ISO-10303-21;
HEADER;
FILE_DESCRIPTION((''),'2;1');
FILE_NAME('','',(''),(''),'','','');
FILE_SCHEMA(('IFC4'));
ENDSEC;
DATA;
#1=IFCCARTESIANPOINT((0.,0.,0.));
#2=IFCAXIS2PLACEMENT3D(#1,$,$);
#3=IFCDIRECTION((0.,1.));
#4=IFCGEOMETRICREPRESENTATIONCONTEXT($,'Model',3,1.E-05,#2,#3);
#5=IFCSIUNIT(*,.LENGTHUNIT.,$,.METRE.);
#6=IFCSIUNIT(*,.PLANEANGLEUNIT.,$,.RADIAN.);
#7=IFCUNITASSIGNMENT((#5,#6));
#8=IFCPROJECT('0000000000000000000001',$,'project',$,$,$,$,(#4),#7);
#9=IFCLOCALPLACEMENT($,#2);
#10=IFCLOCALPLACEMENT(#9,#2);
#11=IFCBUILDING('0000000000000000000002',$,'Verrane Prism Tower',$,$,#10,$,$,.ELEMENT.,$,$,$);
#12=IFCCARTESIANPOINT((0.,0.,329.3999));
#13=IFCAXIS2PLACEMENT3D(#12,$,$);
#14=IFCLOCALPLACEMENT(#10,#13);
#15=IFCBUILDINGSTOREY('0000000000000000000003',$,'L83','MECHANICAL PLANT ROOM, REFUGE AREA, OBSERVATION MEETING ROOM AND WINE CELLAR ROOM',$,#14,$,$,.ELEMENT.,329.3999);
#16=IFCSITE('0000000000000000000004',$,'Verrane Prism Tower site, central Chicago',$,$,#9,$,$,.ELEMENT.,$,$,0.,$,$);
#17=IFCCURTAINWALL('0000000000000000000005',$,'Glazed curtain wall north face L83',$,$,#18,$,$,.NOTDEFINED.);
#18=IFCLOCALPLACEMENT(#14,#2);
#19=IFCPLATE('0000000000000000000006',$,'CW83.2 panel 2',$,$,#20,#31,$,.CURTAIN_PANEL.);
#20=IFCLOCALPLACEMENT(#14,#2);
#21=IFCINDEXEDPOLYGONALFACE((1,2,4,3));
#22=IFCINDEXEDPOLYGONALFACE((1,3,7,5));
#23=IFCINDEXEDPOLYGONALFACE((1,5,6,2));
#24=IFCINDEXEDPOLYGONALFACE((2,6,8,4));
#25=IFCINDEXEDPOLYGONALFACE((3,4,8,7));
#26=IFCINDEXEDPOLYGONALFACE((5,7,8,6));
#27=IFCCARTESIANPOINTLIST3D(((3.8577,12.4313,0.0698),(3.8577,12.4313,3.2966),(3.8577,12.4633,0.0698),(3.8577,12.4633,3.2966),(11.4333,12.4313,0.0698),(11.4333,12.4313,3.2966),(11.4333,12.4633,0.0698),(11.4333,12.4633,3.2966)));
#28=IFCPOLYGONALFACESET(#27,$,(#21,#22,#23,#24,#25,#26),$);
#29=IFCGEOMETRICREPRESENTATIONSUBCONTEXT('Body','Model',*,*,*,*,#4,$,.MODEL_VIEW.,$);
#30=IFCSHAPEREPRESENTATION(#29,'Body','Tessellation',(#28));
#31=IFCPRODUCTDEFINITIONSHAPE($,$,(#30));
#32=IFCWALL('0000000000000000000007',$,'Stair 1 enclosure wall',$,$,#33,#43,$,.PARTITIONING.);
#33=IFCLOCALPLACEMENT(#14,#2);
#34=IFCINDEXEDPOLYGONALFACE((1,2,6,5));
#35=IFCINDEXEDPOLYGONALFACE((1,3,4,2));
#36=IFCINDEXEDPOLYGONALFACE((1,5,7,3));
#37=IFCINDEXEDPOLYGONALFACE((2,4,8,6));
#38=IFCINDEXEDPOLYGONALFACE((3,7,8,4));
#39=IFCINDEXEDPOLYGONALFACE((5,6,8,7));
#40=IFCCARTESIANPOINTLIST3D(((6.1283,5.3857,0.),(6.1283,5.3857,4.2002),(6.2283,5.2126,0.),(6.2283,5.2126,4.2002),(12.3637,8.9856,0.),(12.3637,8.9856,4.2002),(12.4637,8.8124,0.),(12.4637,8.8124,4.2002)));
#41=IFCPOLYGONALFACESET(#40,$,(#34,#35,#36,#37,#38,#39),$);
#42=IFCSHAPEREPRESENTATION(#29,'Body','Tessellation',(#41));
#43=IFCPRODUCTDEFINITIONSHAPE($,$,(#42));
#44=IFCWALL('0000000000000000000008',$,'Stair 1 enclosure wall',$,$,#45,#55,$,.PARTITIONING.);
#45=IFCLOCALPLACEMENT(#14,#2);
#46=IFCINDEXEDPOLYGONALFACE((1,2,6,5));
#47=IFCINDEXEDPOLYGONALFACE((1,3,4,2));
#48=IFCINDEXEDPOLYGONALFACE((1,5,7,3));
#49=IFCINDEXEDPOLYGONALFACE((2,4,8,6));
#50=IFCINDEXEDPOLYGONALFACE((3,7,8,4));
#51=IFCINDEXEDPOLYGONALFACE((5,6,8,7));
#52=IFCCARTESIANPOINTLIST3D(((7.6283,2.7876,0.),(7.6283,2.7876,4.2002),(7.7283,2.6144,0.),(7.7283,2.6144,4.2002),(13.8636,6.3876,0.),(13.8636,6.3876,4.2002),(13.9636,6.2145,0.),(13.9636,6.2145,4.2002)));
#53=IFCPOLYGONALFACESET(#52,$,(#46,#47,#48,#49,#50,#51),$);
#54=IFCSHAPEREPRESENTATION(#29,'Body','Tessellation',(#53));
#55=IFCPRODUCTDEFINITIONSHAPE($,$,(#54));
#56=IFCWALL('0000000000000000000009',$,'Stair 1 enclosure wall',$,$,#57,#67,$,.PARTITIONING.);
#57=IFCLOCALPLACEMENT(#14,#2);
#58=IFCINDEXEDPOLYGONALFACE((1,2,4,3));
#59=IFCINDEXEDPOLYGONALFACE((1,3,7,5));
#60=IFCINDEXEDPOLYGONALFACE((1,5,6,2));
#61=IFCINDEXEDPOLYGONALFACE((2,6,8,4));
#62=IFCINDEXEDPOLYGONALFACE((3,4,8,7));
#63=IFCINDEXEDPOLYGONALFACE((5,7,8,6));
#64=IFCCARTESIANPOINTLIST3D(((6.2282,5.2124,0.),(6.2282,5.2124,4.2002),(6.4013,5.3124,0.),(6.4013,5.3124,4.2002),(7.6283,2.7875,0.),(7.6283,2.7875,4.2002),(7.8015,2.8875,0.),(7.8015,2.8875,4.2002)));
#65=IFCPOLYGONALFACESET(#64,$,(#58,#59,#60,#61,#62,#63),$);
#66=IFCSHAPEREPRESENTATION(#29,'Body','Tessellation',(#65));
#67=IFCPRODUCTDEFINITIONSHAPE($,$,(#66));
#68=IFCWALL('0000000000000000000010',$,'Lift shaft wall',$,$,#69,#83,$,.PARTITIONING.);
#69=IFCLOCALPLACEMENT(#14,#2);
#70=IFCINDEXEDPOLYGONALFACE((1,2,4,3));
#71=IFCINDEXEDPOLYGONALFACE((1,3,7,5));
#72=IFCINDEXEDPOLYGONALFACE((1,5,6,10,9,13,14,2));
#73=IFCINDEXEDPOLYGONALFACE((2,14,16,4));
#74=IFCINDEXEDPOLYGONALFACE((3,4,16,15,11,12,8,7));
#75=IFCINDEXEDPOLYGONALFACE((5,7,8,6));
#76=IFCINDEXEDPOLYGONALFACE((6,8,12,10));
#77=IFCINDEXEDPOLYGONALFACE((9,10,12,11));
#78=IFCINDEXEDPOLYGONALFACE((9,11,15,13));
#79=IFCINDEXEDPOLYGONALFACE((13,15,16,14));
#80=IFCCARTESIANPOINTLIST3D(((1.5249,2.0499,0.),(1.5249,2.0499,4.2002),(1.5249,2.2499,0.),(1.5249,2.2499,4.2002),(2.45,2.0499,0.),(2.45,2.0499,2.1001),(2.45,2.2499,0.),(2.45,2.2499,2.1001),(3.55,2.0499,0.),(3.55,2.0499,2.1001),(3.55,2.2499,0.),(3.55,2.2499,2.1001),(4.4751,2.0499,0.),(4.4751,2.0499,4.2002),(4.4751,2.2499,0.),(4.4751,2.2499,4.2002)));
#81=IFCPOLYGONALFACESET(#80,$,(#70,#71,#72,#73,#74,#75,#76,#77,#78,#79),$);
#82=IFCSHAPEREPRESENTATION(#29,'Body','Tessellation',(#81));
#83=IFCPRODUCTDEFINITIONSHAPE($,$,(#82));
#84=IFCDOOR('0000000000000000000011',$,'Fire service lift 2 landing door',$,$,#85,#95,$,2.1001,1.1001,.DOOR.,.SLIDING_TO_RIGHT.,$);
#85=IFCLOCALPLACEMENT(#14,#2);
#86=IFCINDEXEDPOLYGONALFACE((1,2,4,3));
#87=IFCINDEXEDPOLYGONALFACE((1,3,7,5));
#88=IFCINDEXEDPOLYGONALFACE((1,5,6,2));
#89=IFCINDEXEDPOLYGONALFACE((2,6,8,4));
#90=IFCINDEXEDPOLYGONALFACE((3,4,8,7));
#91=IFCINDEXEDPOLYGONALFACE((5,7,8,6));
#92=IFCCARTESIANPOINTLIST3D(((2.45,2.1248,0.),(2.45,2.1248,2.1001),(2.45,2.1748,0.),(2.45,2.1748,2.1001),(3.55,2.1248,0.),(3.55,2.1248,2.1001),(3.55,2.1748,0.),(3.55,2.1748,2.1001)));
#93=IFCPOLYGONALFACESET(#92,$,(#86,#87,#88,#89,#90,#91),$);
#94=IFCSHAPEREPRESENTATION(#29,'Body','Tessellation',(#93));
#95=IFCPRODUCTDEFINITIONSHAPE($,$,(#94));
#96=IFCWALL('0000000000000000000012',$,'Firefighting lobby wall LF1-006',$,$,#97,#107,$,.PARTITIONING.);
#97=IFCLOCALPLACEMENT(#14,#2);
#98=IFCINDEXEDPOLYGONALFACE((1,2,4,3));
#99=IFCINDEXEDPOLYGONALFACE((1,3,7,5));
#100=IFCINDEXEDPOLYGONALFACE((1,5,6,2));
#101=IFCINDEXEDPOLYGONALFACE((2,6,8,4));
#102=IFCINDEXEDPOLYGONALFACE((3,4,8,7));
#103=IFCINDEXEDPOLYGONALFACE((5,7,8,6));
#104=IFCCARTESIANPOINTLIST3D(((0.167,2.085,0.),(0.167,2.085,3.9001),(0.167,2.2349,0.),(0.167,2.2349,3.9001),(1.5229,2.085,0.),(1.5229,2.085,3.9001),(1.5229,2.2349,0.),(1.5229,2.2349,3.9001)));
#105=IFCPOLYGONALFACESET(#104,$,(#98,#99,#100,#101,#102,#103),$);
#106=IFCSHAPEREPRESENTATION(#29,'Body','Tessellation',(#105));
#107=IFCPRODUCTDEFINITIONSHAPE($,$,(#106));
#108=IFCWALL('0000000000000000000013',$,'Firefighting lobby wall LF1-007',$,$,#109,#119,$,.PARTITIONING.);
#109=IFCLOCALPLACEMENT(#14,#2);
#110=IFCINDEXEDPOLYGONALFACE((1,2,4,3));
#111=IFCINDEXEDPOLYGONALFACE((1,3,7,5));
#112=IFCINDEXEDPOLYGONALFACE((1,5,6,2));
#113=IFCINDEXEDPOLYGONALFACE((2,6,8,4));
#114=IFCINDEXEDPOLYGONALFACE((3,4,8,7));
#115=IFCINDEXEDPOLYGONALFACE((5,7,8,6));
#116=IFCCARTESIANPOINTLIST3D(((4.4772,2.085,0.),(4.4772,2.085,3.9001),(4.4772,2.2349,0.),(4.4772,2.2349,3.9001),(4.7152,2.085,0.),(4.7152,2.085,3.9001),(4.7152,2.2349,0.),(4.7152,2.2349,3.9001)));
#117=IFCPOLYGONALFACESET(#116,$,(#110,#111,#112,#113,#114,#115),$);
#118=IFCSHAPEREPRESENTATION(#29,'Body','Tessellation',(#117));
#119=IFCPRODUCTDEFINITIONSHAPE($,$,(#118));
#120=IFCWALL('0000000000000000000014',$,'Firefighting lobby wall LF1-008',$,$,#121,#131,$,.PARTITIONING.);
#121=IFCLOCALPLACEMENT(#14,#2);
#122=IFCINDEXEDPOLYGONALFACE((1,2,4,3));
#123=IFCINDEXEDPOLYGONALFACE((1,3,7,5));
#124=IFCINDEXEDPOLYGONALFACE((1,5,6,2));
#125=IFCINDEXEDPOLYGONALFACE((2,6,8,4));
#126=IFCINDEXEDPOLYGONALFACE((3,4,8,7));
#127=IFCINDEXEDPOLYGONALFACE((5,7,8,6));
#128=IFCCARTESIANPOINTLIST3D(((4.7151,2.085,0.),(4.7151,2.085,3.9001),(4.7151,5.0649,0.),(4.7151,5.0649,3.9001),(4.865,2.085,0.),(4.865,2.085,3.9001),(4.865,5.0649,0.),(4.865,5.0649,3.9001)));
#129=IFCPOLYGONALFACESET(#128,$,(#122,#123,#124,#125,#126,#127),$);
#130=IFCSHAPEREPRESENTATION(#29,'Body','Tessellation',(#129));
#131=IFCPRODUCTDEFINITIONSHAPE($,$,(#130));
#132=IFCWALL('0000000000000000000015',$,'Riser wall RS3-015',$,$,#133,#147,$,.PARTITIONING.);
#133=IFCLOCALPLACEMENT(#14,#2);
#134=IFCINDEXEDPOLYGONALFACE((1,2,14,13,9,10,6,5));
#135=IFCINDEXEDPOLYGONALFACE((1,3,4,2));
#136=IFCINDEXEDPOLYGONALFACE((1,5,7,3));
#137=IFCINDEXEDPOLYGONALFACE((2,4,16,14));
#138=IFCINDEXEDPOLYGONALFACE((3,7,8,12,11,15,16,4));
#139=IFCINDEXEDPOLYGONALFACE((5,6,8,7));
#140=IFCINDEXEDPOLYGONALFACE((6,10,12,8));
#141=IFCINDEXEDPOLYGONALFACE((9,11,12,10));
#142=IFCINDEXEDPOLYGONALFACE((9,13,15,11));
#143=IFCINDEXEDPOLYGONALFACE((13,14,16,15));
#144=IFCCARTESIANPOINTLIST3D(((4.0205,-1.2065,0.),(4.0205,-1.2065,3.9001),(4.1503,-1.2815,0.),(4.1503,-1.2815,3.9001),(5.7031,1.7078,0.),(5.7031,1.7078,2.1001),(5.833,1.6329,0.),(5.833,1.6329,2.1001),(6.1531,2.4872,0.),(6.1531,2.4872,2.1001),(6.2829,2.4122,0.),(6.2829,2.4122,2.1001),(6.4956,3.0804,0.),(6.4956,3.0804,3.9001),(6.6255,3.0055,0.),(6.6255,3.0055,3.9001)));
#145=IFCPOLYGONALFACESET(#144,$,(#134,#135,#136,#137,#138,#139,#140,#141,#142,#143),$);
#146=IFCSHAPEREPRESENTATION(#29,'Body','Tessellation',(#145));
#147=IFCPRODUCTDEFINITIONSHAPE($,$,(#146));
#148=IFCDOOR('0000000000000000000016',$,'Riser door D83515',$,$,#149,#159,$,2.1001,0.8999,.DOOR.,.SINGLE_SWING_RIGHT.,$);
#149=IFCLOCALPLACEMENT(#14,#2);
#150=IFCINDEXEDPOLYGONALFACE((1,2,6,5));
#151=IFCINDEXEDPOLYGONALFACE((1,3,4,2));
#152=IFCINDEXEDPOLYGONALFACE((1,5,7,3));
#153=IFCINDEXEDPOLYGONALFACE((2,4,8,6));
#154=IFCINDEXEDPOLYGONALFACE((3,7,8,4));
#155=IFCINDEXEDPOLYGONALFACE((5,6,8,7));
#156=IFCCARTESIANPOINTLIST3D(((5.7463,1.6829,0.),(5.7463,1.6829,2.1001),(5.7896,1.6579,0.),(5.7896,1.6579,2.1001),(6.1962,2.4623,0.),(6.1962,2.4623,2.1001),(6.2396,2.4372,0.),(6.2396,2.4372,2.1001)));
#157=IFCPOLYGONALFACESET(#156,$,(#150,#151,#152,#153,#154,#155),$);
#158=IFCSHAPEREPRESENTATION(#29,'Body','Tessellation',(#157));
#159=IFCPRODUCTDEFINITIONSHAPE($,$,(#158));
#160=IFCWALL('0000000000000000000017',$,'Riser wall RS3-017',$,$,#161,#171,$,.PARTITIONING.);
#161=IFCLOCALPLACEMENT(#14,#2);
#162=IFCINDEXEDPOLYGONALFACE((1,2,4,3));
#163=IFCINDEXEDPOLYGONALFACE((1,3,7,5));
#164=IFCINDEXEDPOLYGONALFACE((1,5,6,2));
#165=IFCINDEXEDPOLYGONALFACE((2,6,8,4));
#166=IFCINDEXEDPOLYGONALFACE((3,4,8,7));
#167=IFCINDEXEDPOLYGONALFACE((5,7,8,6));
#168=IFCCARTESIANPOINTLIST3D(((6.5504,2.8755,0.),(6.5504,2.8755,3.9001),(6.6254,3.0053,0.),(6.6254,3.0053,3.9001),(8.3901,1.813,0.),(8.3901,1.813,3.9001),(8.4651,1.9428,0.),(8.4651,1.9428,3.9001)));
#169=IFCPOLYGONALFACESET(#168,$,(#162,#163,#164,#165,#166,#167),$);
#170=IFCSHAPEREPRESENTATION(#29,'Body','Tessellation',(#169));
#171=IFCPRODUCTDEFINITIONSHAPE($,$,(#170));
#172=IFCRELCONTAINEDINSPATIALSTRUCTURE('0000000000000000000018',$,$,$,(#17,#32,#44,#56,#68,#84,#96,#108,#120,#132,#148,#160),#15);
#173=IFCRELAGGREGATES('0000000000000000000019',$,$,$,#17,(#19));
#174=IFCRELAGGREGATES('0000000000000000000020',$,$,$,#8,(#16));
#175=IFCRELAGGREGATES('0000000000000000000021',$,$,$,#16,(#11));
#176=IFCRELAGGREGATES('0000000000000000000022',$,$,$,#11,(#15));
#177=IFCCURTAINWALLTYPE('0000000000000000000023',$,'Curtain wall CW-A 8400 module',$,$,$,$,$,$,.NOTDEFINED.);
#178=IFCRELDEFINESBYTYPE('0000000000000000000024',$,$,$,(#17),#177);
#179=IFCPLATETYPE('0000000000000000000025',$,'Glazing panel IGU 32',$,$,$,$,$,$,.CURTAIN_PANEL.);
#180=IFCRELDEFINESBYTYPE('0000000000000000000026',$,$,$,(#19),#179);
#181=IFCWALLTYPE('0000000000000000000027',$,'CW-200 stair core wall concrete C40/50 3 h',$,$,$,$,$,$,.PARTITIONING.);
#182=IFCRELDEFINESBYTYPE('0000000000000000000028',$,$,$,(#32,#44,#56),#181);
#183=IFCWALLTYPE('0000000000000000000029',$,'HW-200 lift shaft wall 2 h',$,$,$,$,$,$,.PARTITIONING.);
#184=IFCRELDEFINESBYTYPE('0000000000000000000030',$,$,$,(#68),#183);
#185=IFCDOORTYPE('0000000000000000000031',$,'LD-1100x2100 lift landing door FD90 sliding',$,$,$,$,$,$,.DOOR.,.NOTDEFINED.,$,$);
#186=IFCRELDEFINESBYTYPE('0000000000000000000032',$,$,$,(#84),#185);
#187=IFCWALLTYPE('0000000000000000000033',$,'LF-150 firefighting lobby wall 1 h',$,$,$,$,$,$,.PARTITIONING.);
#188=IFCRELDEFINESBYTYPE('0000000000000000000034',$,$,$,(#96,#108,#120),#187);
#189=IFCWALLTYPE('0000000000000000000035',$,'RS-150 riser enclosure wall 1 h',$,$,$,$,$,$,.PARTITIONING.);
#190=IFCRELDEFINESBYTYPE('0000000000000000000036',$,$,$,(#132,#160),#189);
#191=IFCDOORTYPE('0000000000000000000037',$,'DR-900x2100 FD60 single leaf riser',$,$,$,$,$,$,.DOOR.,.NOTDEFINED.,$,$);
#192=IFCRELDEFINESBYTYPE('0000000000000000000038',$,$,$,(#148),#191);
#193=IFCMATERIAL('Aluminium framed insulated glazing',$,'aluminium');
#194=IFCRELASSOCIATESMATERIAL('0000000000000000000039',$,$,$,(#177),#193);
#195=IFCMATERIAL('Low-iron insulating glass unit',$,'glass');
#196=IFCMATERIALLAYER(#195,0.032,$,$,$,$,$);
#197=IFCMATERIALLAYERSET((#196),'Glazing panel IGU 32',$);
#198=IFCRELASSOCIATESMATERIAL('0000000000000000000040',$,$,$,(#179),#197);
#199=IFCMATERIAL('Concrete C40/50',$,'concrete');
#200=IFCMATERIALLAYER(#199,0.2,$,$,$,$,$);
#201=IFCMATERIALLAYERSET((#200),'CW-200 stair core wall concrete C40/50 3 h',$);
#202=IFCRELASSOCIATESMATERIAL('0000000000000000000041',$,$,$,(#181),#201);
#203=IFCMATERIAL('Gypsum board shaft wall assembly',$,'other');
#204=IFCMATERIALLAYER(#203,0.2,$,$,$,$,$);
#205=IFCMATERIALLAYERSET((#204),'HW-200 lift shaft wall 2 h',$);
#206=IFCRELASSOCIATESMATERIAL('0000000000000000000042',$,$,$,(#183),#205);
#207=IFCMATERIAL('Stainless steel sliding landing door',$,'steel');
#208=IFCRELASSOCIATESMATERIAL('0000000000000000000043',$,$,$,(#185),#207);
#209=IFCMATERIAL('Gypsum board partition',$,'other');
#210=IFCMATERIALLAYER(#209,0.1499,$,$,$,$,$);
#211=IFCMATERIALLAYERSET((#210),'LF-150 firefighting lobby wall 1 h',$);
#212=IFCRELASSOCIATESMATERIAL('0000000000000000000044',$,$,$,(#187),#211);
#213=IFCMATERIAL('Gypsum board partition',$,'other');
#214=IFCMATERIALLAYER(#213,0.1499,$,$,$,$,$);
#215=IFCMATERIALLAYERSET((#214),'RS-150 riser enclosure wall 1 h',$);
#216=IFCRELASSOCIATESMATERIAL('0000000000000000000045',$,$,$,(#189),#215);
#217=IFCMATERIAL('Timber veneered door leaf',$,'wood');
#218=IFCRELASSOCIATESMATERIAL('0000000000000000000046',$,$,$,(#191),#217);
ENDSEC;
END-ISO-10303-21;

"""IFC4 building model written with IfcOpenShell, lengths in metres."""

from ifc_helpers import new_model, si_unit, direction, frame, frame_2d, origin, origin_2d, place, context, subcontext, project, spatial, rectangle, extrude, material, layer, layer_set, type_object, element, fill, aggregate, save


model = new_model("IFC4")

# Units and contexts
model_context = context("Model", 3, precision=1e-05, world=origin(), true_north=direction((0.0, 1.0)))
body_context = subcontext(model_context, "Body", "Model", "MODEL_VIEW")
ifc_project = project(units=[si_unit("LENGTHUNIT", "METRE"), si_unit("PLANEANGLEUNIT", "RADIAN")], contexts=[model_context])

# Site, building, storey
site_placement = place(None, origin())
site = spatial("IfcSite", under=ifc_project, at=site_placement, Name="Verrane Prism Tower site, central Chicago", CompositionType="ELEMENT", RefElevation=0.0)
building_placement = place(site_placement, origin())
building = spatial("IfcBuilding", under=site, at=building_placement, Name="Verrane Prism Tower", CompositionType="ELEMENT")
storey_placement = place(building_placement, frame((0.0, 0.0, 329.3999)))
storey = spatial("IfcBuildingStorey", under=building, at=storey_placement, Name="L83", Description="MECHANICAL PLANT ROOM, REFUGE AREA, OBSERVATION MEETING ROOM AND WINE CELLAR ROOM", CompositionType="ELEMENT", Elevation=329.3999)

# Curtain wall
ifc_material_1 = material(Name="Aluminium framed insulated glazing", Category="aluminium")
curtain_wall_type = type_object("IfcCurtainWallType", Name="Curtain wall CW-A 8400 module", PredefinedType="NOTDEFINED", material=ifc_material_1)
curtain_wall_placement = place(storey_placement, origin())
curtain_wall = element("IfcCurtainWall", 1, at=curtain_wall_placement, inside=storey, type_object=curtain_wall_type, Name="Glazed curtain wall north face L83", PredefinedType="NOTDEFINED")

# Plate
ifc_material_2 = material(Name="Low-iron insulating glass unit", Category="glass")
ifc_layer_1 = layer(ifc_material_2, 0.032)
ifc_layer_set_1 = layer_set([ifc_layer_1], Name="Glazing panel IGU 32")
plate_type = type_object("IfcPlateType", Name="Glazing panel IGU 32", PredefinedType="CURTAIN_PANEL", material=ifc_layer_set_1)
plate_placement = place(storey_placement, frame((7.6455, 12.4473, 0.0698), z_axis=(0.0, 0.0, 1.0), x_axis=(-1.0, 0.0, 0.0)))
plate = element("IfcPlate", 2, at=plate_placement, type_object=plate_type, Name="CW83.2 panel 2", PredefinedType="CURTAIN_PANEL", context=body_context, shape_type="SweptSolid", body=[
    extrude(rectangle(XDim=7.5757, YDim=0.032, at=origin_2d()), origin(), (0.0, 0.0, 1.0), 3.2268),
])
aggregate(curtain_wall, [plate])

# Walls
ifc_material_3 = material(Name="Concrete C40/50", Category="concrete")
ifc_layer_2 = layer(ifc_material_3, 0.2)
ifc_layer_set_2 = layer_set([ifc_layer_2], Name="CW-200 stair core wall concrete C40/50 3 h")
wall_type_1 = type_object("IfcWallType", Name="CW-200 stair core wall concrete C40/50 3 h", PredefinedType="PARTITIONING", material=ifc_layer_set_2)
for number, where, z_axis, x_axis, name in (
    (3, (6.1782, 5.2991, 0.0), (0.0, 0.0, 1.0), (0.866033, 0.499987, 0.0), "Stair 1 enclosure wall"),
    (4, (7.6782, 2.7009, 0.0), (0.0, 0.0, 1.0), (0.866018, 0.500012, 0.0), "Stair 1 enclosure wall"),
):
    element("IfcWall", number, at=place(storey_placement, frame(where, z_axis=z_axis, x_axis=x_axis)), inside=storey, type_object=wall_type_1, Name=name, PredefinedType="PARTITIONING", context=body_context, shape_type="SweptSolid", body=[
        extrude(rectangle(XDim=7.2, YDim=0.2, at=frame_2d((3.6001, 0.0))), origin(), (0.0, 0.0, 1.0), 4.2002),
    ])
wall_1_placement = place(storey_placement, frame((7.7148, 2.8376, 0.0), z_axis=(0.0, 0.0, 1.0), x_axis=(-0.50005, 0.865997, 0.0)))
element("IfcWall", 5, at=wall_1_placement, inside=storey, type_object=wall_type_1, Name="Stair 1 enclosure wall", PredefinedType="PARTITIONING", context=body_context, shape_type="SweptSolid", body=[
    extrude(rectangle(XDim=2.8, YDim=0.2, at=frame_2d((1.3999, 0.0))), origin(), (0.0, 0.0, 1.0), 4.2002),
])

# Wall, opening, door
ifc_material_4 = material(Name="Gypsum board shaft wall assembly", Category="other")
ifc_layer_3 = layer(ifc_material_4, 0.2)
ifc_layer_set_3 = layer_set([ifc_layer_3], Name="HW-200 lift shaft wall 2 h")
wall_type_2 = type_object("IfcWallType", Name="HW-200 lift shaft wall 2 h", PredefinedType="PARTITIONING", material=ifc_layer_set_3)
wall_2_placement = place(storey_placement, frame((1.5249, 2.1499, 0.0), z_axis=(0.0, 0.0, 1.0), x_axis=(1.0, 0.0, 0.0)))
wall_2 = element("IfcWall", 6, at=wall_2_placement, inside=storey, type_object=wall_type_2, Name="Lift shaft wall", PredefinedType="PARTITIONING", context=body_context, shape_type="SweptSolid", body=[
    extrude(rectangle(XDim=2.9502, YDim=0.2, at=frame_2d((1.4751, 0.0))), origin(), (0.0, 0.0, 1.0), 4.2002),
])
opening_1_placement = place(wall_2_placement, frame((0.925, 0.0, 0.0)))
opening_1 = element("IfcOpeningElement", 7, at=opening_1_placement, cuts=wall_2, PredefinedType="OPENING", context=body_context, shape_type="SweptSolid", body=[
    extrude(rectangle(XDim=1.1001, YDim=2.1001, at=frame_2d((0.55, 1.05))), frame((0.0, 0.1099, 0.0), z_axis=(0.0, -1.0, 0.0), x_axis=(1.0, 0.0, 0.0)), (0.0, 0.0, 1.0), 0.22),
])
ifc_material_5 = material(Name="Stainless steel sliding landing door", Category="steel")
door_type_1 = type_object("IfcDoorType", Name="LD-1100x2100 lift landing door FD90 sliding", OperationType="NOTDEFINED", PredefinedType="DOOR", material=ifc_material_5)
door_1_placement = place(opening_1_placement, origin())
door_1 = element("IfcDoor", 8, at=door_1_placement, inside=storey, type_object=door_type_1, Name="Fire service lift 2 landing door", OperationType="SLIDING_TO_RIGHT", OverallHeight=2.1001, OverallWidth=1.1001, PredefinedType="DOOR", context=body_context, shape_type="SweptSolid", body=[
    extrude(rectangle(XDim=1.1001, YDim=2.1001, at=frame_2d((0.55, 1.05))), frame((0.0, 0.0249, 0.0), z_axis=(0.0, -1.0, 0.0), x_axis=(1.0, 0.0, 0.0)), (0.0, 0.0, 1.0), 0.05),
])
fill(opening_1, door_1)

# Walls
ifc_material_6 = material(Name="Gypsum board partition", Category="other")
ifc_layer_4 = layer(ifc_material_6, 0.1499)
ifc_layer_set_4 = layer_set([ifc_layer_4], Name="LF-150 firefighting lobby wall 1 h")
wall_type_3 = type_object("IfcWallType", Name="LF-150 firefighting lobby wall 1 h", PredefinedType="PARTITIONING", material=ifc_layer_set_4)
wall_3_placement = place(storey_placement, frame((0.167, 2.1599, 0.0), z_axis=(0.0, 0.0, 1.0), x_axis=(1.0, 0.0, 0.0)))
element("IfcWall", 9, at=wall_3_placement, inside=storey, type_object=wall_type_3, Name="Firefighting lobby wall LF1-006", PredefinedType="PARTITIONING", context=body_context, shape_type="SweptSolid", body=[
    extrude(rectangle(XDim=1.356, YDim=0.1499, at=frame_2d((0.678, 0.0))), origin(), (0.0, 0.0, 1.0), 3.9001),
])
wall_4_placement = place(storey_placement, frame((4.4771, 2.1599, 0.0), z_axis=(0.0, 0.0, 1.0), x_axis=(1.0, 0.0, 0.0)))
element("IfcWall", 10, at=wall_4_placement, inside=storey, type_object=wall_type_3, Name="Firefighting lobby wall LF1-007", PredefinedType="PARTITIONING", context=body_context, shape_type="SweptSolid", body=[
    extrude(rectangle(XDim=0.238, YDim=0.1499, at=frame_2d((0.1191, 0.0))), origin(), (0.0, 0.0, 1.0), 3.9001),
])
wall_5_placement = place(storey_placement, frame((4.79, 2.085, 0.0), z_axis=(0.0, 0.0, 1.0), x_axis=(0.0, 1.0, 0.0)))
element("IfcWall", 11, at=wall_5_placement, inside=storey, type_object=wall_type_3, Name="Firefighting lobby wall LF1-008", PredefinedType="PARTITIONING", context=body_context, shape_type="SweptSolid", body=[
    extrude(rectangle(XDim=2.98, YDim=0.1499, at=frame_2d((1.49, 0.0))), origin(), (0.0, 0.0, 1.0), 3.9001),
])

# Wall, opening, door
ifc_material_7 = material(Name="Gypsum board partition", Category="other")
ifc_layer_5 = layer(ifc_material_7, 0.1499)
ifc_layer_set_5 = layer_set([ifc_layer_5], Name="RS-150 riser enclosure wall 1 h")
wall_type_4 = type_object("IfcWallType", Name="RS-150 riser enclosure wall 1 h", PredefinedType="PARTITIONING", material=ifc_layer_set_5)
wall_6_placement = place(storey_placement, frame((6.5605, 3.043, 0.0), z_axis=(0.0, 0.0, 1.0), x_axis=(-0.500011, -0.866019, 0.0)))
wall_6 = element("IfcWall", 12, at=wall_6_placement, inside=storey, type_object=wall_type_4, Name="Riser wall RS3-015", PredefinedType="PARTITIONING", context=body_context, shape_type="SweptSolid", body=[
    extrude(rectangle(XDim=4.9502, YDim=0.1499, at=frame_2d((2.4751, 0.0))), origin(), (0.0, 0.0, 1.0), 3.9001),
])
opening_2_placement = place(wall_6_placement, frame((0.6851, 0.0, 0.0)))
opening_2 = element("IfcOpeningElement", 13, at=opening_2_placement, cuts=wall_6, PredefinedType="OPENING", context=body_context, shape_type="SweptSolid", body=[
    extrude(rectangle(XDim=0.8999, YDim=2.1001, at=frame_2d((0.45, 1.05))), frame((0.0, 0.085, 0.0), z_axis=(0.0, -1.0, 0.0), x_axis=(1.0, 0.0, 0.0)), (0.0, 0.0, 1.0), 0.1699),
])
ifc_material_8 = material(Name="Timber veneered door leaf", Category="wood")
door_type_2 = type_object("IfcDoorType", Name="DR-900x2100 FD60 single leaf riser", OperationType="NOTDEFINED", PredefinedType="DOOR", material=ifc_material_8)
door_2_placement = place(opening_2_placement, origin())
door_2 = element("IfcDoor", 14, at=door_2_placement, inside=storey, type_object=door_type_2, Name="Riser door D83515", OperationType="SINGLE_SWING_RIGHT", OverallHeight=2.1001, OverallWidth=0.8999, PredefinedType="DOOR", context=body_context, shape_type="SweptSolid", body=[
    extrude(rectangle(XDim=0.8999, YDim=2.1001, at=frame_2d((0.45, 1.05))), frame((0.0, 0.0249, 0.0), z_axis=(0.0, -1.0, 0.0), x_axis=(1.0, 0.0, 0.0)), (0.0, 0.0, 1.0), 0.05),
])
fill(opening_2, door_2)

# Wall
wall_7_placement = place(storey_placement, frame((6.5879, 2.9404, 0.0), z_axis=(0.0, 0.0, 1.0), x_axis=(0.865943, -0.500144, 0.0)))
element("IfcWall", 15, at=wall_7_placement, inside=storey, type_object=wall_type_4, Name="Riser wall RS3-017", PredefinedType="PARTITIONING", context=body_context, shape_type="SweptSolid", body=[
    extrude(rectangle(XDim=2.1245, YDim=0.1499, at=frame_2d((1.0623, 0.0))), origin(), (0.0, 0.0, 1.0), 3.9001),
])

save(model, "model.ifc")
